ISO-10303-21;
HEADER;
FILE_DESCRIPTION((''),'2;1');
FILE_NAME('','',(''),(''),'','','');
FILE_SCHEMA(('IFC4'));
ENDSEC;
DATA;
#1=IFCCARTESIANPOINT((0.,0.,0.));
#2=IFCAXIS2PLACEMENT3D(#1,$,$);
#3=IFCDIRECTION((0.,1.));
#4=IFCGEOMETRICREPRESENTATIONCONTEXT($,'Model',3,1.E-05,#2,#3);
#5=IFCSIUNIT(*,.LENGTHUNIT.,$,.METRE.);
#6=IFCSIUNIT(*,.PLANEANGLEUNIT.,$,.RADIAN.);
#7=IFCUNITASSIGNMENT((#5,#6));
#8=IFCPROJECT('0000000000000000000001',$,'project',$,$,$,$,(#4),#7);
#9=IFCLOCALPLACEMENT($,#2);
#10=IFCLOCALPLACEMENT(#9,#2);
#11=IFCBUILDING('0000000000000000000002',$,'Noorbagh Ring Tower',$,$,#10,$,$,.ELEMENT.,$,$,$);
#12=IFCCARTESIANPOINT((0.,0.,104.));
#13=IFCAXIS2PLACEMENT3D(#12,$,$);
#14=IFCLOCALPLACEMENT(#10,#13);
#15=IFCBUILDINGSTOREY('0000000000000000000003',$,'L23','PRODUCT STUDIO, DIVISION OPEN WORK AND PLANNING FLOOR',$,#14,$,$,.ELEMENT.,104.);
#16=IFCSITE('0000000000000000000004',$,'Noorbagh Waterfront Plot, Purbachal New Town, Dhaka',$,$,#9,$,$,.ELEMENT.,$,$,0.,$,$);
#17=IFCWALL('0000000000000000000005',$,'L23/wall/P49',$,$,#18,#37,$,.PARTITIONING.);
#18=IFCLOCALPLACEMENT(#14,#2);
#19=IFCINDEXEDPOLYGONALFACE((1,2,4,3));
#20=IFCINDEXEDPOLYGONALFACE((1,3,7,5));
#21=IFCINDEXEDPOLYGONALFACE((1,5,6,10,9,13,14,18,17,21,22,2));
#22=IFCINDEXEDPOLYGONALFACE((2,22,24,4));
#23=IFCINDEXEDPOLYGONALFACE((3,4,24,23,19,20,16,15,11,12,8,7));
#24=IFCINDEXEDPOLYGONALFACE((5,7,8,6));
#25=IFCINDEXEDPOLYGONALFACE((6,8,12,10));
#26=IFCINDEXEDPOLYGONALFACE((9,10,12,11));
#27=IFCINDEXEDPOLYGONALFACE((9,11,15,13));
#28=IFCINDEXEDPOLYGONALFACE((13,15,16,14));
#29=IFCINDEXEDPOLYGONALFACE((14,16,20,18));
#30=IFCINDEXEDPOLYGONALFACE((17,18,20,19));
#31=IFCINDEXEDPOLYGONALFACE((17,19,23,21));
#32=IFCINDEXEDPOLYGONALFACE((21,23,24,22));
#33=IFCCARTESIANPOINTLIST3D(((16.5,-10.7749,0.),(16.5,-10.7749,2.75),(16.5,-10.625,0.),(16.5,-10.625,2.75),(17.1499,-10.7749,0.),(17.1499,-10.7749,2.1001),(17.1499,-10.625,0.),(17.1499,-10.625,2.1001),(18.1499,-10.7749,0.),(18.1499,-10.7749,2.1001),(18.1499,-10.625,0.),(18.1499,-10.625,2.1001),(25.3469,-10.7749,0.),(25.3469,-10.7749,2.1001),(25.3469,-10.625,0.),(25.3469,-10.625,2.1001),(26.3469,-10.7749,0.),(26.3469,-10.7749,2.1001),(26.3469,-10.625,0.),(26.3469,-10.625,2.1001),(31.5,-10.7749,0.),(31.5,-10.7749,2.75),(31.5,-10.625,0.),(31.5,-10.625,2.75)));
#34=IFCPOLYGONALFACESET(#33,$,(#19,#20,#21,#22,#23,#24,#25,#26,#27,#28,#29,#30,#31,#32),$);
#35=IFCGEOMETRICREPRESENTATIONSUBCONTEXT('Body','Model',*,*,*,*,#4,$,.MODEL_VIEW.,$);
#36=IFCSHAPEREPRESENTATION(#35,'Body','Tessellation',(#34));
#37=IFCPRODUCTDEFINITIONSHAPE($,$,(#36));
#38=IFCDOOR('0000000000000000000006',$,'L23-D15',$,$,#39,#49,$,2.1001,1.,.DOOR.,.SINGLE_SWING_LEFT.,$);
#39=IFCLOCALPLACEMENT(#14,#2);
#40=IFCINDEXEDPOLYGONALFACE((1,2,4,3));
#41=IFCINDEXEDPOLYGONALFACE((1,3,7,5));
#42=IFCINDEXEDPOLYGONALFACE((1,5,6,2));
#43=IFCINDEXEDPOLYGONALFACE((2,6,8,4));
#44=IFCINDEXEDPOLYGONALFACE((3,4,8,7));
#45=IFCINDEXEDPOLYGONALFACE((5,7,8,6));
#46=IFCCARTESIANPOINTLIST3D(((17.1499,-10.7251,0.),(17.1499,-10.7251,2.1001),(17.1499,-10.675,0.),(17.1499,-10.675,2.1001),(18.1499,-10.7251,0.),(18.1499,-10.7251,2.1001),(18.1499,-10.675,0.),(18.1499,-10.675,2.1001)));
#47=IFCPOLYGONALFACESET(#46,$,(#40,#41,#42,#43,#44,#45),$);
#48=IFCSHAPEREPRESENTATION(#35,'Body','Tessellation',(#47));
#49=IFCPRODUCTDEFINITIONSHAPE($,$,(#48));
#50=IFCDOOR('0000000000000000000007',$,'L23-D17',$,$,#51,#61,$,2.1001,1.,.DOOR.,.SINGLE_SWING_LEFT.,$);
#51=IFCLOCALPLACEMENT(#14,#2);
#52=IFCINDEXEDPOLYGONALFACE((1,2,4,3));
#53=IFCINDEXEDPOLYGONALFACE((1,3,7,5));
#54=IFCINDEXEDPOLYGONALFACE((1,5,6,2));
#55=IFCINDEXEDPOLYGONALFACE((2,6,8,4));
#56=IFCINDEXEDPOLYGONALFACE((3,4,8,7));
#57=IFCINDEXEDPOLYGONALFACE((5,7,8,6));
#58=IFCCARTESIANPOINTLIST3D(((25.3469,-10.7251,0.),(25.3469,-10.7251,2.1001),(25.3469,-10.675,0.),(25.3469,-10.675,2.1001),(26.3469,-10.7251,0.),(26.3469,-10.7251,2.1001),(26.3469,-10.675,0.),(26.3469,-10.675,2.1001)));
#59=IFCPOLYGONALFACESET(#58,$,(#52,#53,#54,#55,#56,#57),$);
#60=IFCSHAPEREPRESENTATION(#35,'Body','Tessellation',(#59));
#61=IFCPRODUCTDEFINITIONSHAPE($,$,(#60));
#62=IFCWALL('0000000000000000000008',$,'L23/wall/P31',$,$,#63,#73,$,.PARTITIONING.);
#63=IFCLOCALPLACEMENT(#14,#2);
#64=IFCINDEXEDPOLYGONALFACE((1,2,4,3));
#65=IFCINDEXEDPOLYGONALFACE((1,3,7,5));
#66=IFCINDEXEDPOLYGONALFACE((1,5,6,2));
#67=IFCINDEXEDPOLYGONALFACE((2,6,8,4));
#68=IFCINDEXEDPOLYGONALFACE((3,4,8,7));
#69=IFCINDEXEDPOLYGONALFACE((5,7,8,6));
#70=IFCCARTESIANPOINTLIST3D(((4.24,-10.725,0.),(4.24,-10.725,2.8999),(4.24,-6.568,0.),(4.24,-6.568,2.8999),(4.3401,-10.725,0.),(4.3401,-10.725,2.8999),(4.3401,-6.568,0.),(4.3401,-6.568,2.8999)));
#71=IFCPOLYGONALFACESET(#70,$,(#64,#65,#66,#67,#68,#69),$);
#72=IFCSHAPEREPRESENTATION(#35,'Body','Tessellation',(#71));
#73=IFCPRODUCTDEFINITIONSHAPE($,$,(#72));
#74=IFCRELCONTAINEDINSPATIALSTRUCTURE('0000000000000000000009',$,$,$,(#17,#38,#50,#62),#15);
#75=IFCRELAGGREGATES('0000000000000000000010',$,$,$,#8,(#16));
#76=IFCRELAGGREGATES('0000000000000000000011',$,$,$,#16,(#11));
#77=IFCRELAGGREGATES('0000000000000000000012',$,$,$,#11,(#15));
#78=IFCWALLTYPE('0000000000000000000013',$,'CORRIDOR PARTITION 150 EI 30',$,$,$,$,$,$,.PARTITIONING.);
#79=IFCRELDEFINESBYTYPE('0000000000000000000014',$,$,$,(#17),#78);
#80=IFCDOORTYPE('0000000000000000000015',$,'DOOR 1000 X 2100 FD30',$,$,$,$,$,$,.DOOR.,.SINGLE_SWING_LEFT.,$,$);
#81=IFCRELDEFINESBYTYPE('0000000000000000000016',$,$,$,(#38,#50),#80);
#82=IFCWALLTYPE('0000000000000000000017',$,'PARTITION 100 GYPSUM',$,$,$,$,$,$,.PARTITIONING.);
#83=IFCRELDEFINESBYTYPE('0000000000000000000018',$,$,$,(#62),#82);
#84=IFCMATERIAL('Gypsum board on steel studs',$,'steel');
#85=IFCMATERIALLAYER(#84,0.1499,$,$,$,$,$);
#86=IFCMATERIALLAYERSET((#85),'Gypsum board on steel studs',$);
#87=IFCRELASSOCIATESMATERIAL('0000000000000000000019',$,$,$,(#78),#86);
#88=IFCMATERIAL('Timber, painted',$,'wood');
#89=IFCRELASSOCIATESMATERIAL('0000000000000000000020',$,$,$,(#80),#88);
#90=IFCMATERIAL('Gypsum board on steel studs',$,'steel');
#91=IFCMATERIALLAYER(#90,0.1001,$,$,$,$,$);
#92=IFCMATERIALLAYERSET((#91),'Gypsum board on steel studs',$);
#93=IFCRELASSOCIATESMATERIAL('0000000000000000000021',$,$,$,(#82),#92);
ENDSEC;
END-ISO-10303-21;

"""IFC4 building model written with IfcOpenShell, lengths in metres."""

from ifc_helpers import new_model, si_unit, direction, frame, frame_2d, origin, place, context, subcontext, project, spatial, rectangle, extrude, material, layer, layer_set, type_object, element, fill, save


model = new_model("IFC4")

# Units and contexts
model_context = context("Model", 3, precision=1e-05, world=origin(), true_north=direction((0.0, 1.0)))
body_context = subcontext(model_context, "Body", "Model", "MODEL_VIEW")
ifc_project = project(units=[si_unit("LENGTHUNIT", "METRE"), si_unit("PLANEANGLEUNIT", "RADIAN")], contexts=[model_context])

# Site, building, storey
site_placement = place(None, origin())
site = spatial("IfcSite", under=ifc_project, at=site_placement, Name="Noorbagh Waterfront Plot, Purbachal New Town, Dhaka", CompositionType="ELEMENT", RefElevation=0.0)
building_placement = place(site_placement, origin())
building = spatial("IfcBuilding", under=site, at=building_placement, Name="Noorbagh Ring Tower", CompositionType="ELEMENT")
storey_placement = place(building_placement, frame((0.0, 0.0, 104.0)))
storey = spatial("IfcBuildingStorey", under=building, at=storey_placement, Name="L23", Description="PRODUCT STUDIO, DIVISION OPEN WORK AND PLANNING FLOOR", CompositionType="ELEMENT", Elevation=104.0)

# Shared definitions
ifc_material_1 = material(Name="Gypsum board on steel studs", Category="steel")
ifc_layer_1 = layer(ifc_material_1, 0.1499)
ifc_layer_set_1 = layer_set([ifc_layer_1], Name="Gypsum board on steel studs")
wall_type_1 = type_object("IfcWallType", Name="CORRIDOR PARTITION 150 EI 30", PredefinedType="PARTITIONING", material=ifc_layer_set_1)
ifc_material_2 = material(Name="Timber, painted", Category="wood")
door_type_1 = type_object("IfcDoorType", Name="DOOR 1000 X 2100 FD30", OperationType="SINGLE_SWING_LEFT", PredefinedType="DOOR", material=ifc_material_2)

# Wall, openings, doors
wall_1_placement = place(storey_placement, frame((16.5, -10.7, 0.0), z_axis=(0.0, 0.0, 1.0), x_axis=(1.0, 0.0, 0.0)))
wall_1 = element("IfcWall", 1, at=wall_1_placement, inside=storey, type_object=wall_type_1, Name="L23/wall/P49", PredefinedType="PARTITIONING", context=body_context, shape_type="SweptSolid", body=[
    extrude(rectangle(XDim=15.0, YDim=0.1499, at=frame_2d((7.5, 0.0))), origin(), (0.0, 0.0, 1.0), 2.75),
])
opening_1_placement = place(wall_1_placement, frame((0.6499, 0.0, 0.0)))
opening_1 = element("IfcOpeningElement", 2, at=opening_1_placement, cuts=wall_1, PredefinedType="OPENING", context=body_context, shape_type="SweptSolid", body=[
    extrude(rectangle(XDim=1.0, YDim=2.1001, at=frame_2d((0.5, 1.05))), frame((0.0, 0.085, 0.0), z_axis=(0.0, -1.0, 0.0), x_axis=(1.0, 0.0, 0.0)), (0.0, 0.0, 1.0), 0.1699),
])
opening_2_placement = place(wall_1_placement, frame((8.8469, 0.0, 0.0)))
opening_2 = element("IfcOpeningElement", 3, at=opening_2_placement, cuts=wall_1, PredefinedType="OPENING", context=body_context, shape_type="SweptSolid", body=[
    extrude(rectangle(XDim=1.0, YDim=2.1001, at=frame_2d((0.5, 1.05))), frame((0.0, 0.085, 0.0), z_axis=(0.0, -1.0, 0.0), x_axis=(1.0, 0.0, 0.0)), (0.0, 0.0, 1.0), 0.1699),
])
door_1_placement = place(opening_1_placement, origin())
door_1 = element("IfcDoor", 4, at=door_1_placement, inside=storey, type_object=door_type_1, Name="L23-D15", OperationType="SINGLE_SWING_LEFT", OverallHeight=2.1001, OverallWidth=1.0, PredefinedType="DOOR", context=body_context, shape_type="SweptSolid", body=[
    extrude(rectangle(XDim=1.0, YDim=2.1001, at=frame_2d((0.5, 1.05))), frame((0.0, 0.0249, 0.0), z_axis=(0.0, -1.0, 0.0), x_axis=(1.0, 0.0, 0.0)), (0.0, 0.0, 1.0), 0.05),
])
fill(opening_1, door_1)
door_2_placement = place(opening_2_placement, origin())
door_2 = element("IfcDoor", 5, at=door_2_placement, inside=storey, type_object=door_type_1, Name="L23-D17", OperationType="SINGLE_SWING_LEFT", OverallHeight=2.1001, OverallWidth=1.0, PredefinedType="DOOR", context=body_context, shape_type="SweptSolid", body=[
    extrude(rectangle(XDim=1.0, YDim=2.1001, at=frame_2d((0.5, 1.05))), frame((0.0, 0.0249, 0.0), z_axis=(0.0, -1.0, 0.0), x_axis=(1.0, 0.0, 0.0)), (0.0, 0.0, 1.0), 0.05),
])
fill(opening_2, door_2)

# Wall
ifc_material_3 = material(Name="Gypsum board on steel studs", Category="steel")
ifc_layer_2 = layer(ifc_material_3, 0.1001)
ifc_layer_set_2 = layer_set([ifc_layer_2], Name="Gypsum board on steel studs")
wall_type_2 = type_object("IfcWallType", Name="PARTITION 100 GYPSUM", PredefinedType="PARTITIONING", material=ifc_layer_set_2)
wall_2_placement = place(storey_placement, frame((4.29, -10.7251, 0.0), z_axis=(0.0, 0.0, 1.0), x_axis=(0.0, 1.0, 0.0)))
element("IfcWall", 6, at=wall_2_placement, inside=storey, type_object=wall_type_2, Name="L23/wall/P31", PredefinedType="PARTITIONING", context=body_context, shape_type="SweptSolid", body=[
    extrude(rectangle(XDim=4.157, YDim=0.1001, at=frame_2d((2.0786, 0.0))), origin(), (0.0, 0.0, 1.0), 2.8999),
])

save(model, "model.ifc")
